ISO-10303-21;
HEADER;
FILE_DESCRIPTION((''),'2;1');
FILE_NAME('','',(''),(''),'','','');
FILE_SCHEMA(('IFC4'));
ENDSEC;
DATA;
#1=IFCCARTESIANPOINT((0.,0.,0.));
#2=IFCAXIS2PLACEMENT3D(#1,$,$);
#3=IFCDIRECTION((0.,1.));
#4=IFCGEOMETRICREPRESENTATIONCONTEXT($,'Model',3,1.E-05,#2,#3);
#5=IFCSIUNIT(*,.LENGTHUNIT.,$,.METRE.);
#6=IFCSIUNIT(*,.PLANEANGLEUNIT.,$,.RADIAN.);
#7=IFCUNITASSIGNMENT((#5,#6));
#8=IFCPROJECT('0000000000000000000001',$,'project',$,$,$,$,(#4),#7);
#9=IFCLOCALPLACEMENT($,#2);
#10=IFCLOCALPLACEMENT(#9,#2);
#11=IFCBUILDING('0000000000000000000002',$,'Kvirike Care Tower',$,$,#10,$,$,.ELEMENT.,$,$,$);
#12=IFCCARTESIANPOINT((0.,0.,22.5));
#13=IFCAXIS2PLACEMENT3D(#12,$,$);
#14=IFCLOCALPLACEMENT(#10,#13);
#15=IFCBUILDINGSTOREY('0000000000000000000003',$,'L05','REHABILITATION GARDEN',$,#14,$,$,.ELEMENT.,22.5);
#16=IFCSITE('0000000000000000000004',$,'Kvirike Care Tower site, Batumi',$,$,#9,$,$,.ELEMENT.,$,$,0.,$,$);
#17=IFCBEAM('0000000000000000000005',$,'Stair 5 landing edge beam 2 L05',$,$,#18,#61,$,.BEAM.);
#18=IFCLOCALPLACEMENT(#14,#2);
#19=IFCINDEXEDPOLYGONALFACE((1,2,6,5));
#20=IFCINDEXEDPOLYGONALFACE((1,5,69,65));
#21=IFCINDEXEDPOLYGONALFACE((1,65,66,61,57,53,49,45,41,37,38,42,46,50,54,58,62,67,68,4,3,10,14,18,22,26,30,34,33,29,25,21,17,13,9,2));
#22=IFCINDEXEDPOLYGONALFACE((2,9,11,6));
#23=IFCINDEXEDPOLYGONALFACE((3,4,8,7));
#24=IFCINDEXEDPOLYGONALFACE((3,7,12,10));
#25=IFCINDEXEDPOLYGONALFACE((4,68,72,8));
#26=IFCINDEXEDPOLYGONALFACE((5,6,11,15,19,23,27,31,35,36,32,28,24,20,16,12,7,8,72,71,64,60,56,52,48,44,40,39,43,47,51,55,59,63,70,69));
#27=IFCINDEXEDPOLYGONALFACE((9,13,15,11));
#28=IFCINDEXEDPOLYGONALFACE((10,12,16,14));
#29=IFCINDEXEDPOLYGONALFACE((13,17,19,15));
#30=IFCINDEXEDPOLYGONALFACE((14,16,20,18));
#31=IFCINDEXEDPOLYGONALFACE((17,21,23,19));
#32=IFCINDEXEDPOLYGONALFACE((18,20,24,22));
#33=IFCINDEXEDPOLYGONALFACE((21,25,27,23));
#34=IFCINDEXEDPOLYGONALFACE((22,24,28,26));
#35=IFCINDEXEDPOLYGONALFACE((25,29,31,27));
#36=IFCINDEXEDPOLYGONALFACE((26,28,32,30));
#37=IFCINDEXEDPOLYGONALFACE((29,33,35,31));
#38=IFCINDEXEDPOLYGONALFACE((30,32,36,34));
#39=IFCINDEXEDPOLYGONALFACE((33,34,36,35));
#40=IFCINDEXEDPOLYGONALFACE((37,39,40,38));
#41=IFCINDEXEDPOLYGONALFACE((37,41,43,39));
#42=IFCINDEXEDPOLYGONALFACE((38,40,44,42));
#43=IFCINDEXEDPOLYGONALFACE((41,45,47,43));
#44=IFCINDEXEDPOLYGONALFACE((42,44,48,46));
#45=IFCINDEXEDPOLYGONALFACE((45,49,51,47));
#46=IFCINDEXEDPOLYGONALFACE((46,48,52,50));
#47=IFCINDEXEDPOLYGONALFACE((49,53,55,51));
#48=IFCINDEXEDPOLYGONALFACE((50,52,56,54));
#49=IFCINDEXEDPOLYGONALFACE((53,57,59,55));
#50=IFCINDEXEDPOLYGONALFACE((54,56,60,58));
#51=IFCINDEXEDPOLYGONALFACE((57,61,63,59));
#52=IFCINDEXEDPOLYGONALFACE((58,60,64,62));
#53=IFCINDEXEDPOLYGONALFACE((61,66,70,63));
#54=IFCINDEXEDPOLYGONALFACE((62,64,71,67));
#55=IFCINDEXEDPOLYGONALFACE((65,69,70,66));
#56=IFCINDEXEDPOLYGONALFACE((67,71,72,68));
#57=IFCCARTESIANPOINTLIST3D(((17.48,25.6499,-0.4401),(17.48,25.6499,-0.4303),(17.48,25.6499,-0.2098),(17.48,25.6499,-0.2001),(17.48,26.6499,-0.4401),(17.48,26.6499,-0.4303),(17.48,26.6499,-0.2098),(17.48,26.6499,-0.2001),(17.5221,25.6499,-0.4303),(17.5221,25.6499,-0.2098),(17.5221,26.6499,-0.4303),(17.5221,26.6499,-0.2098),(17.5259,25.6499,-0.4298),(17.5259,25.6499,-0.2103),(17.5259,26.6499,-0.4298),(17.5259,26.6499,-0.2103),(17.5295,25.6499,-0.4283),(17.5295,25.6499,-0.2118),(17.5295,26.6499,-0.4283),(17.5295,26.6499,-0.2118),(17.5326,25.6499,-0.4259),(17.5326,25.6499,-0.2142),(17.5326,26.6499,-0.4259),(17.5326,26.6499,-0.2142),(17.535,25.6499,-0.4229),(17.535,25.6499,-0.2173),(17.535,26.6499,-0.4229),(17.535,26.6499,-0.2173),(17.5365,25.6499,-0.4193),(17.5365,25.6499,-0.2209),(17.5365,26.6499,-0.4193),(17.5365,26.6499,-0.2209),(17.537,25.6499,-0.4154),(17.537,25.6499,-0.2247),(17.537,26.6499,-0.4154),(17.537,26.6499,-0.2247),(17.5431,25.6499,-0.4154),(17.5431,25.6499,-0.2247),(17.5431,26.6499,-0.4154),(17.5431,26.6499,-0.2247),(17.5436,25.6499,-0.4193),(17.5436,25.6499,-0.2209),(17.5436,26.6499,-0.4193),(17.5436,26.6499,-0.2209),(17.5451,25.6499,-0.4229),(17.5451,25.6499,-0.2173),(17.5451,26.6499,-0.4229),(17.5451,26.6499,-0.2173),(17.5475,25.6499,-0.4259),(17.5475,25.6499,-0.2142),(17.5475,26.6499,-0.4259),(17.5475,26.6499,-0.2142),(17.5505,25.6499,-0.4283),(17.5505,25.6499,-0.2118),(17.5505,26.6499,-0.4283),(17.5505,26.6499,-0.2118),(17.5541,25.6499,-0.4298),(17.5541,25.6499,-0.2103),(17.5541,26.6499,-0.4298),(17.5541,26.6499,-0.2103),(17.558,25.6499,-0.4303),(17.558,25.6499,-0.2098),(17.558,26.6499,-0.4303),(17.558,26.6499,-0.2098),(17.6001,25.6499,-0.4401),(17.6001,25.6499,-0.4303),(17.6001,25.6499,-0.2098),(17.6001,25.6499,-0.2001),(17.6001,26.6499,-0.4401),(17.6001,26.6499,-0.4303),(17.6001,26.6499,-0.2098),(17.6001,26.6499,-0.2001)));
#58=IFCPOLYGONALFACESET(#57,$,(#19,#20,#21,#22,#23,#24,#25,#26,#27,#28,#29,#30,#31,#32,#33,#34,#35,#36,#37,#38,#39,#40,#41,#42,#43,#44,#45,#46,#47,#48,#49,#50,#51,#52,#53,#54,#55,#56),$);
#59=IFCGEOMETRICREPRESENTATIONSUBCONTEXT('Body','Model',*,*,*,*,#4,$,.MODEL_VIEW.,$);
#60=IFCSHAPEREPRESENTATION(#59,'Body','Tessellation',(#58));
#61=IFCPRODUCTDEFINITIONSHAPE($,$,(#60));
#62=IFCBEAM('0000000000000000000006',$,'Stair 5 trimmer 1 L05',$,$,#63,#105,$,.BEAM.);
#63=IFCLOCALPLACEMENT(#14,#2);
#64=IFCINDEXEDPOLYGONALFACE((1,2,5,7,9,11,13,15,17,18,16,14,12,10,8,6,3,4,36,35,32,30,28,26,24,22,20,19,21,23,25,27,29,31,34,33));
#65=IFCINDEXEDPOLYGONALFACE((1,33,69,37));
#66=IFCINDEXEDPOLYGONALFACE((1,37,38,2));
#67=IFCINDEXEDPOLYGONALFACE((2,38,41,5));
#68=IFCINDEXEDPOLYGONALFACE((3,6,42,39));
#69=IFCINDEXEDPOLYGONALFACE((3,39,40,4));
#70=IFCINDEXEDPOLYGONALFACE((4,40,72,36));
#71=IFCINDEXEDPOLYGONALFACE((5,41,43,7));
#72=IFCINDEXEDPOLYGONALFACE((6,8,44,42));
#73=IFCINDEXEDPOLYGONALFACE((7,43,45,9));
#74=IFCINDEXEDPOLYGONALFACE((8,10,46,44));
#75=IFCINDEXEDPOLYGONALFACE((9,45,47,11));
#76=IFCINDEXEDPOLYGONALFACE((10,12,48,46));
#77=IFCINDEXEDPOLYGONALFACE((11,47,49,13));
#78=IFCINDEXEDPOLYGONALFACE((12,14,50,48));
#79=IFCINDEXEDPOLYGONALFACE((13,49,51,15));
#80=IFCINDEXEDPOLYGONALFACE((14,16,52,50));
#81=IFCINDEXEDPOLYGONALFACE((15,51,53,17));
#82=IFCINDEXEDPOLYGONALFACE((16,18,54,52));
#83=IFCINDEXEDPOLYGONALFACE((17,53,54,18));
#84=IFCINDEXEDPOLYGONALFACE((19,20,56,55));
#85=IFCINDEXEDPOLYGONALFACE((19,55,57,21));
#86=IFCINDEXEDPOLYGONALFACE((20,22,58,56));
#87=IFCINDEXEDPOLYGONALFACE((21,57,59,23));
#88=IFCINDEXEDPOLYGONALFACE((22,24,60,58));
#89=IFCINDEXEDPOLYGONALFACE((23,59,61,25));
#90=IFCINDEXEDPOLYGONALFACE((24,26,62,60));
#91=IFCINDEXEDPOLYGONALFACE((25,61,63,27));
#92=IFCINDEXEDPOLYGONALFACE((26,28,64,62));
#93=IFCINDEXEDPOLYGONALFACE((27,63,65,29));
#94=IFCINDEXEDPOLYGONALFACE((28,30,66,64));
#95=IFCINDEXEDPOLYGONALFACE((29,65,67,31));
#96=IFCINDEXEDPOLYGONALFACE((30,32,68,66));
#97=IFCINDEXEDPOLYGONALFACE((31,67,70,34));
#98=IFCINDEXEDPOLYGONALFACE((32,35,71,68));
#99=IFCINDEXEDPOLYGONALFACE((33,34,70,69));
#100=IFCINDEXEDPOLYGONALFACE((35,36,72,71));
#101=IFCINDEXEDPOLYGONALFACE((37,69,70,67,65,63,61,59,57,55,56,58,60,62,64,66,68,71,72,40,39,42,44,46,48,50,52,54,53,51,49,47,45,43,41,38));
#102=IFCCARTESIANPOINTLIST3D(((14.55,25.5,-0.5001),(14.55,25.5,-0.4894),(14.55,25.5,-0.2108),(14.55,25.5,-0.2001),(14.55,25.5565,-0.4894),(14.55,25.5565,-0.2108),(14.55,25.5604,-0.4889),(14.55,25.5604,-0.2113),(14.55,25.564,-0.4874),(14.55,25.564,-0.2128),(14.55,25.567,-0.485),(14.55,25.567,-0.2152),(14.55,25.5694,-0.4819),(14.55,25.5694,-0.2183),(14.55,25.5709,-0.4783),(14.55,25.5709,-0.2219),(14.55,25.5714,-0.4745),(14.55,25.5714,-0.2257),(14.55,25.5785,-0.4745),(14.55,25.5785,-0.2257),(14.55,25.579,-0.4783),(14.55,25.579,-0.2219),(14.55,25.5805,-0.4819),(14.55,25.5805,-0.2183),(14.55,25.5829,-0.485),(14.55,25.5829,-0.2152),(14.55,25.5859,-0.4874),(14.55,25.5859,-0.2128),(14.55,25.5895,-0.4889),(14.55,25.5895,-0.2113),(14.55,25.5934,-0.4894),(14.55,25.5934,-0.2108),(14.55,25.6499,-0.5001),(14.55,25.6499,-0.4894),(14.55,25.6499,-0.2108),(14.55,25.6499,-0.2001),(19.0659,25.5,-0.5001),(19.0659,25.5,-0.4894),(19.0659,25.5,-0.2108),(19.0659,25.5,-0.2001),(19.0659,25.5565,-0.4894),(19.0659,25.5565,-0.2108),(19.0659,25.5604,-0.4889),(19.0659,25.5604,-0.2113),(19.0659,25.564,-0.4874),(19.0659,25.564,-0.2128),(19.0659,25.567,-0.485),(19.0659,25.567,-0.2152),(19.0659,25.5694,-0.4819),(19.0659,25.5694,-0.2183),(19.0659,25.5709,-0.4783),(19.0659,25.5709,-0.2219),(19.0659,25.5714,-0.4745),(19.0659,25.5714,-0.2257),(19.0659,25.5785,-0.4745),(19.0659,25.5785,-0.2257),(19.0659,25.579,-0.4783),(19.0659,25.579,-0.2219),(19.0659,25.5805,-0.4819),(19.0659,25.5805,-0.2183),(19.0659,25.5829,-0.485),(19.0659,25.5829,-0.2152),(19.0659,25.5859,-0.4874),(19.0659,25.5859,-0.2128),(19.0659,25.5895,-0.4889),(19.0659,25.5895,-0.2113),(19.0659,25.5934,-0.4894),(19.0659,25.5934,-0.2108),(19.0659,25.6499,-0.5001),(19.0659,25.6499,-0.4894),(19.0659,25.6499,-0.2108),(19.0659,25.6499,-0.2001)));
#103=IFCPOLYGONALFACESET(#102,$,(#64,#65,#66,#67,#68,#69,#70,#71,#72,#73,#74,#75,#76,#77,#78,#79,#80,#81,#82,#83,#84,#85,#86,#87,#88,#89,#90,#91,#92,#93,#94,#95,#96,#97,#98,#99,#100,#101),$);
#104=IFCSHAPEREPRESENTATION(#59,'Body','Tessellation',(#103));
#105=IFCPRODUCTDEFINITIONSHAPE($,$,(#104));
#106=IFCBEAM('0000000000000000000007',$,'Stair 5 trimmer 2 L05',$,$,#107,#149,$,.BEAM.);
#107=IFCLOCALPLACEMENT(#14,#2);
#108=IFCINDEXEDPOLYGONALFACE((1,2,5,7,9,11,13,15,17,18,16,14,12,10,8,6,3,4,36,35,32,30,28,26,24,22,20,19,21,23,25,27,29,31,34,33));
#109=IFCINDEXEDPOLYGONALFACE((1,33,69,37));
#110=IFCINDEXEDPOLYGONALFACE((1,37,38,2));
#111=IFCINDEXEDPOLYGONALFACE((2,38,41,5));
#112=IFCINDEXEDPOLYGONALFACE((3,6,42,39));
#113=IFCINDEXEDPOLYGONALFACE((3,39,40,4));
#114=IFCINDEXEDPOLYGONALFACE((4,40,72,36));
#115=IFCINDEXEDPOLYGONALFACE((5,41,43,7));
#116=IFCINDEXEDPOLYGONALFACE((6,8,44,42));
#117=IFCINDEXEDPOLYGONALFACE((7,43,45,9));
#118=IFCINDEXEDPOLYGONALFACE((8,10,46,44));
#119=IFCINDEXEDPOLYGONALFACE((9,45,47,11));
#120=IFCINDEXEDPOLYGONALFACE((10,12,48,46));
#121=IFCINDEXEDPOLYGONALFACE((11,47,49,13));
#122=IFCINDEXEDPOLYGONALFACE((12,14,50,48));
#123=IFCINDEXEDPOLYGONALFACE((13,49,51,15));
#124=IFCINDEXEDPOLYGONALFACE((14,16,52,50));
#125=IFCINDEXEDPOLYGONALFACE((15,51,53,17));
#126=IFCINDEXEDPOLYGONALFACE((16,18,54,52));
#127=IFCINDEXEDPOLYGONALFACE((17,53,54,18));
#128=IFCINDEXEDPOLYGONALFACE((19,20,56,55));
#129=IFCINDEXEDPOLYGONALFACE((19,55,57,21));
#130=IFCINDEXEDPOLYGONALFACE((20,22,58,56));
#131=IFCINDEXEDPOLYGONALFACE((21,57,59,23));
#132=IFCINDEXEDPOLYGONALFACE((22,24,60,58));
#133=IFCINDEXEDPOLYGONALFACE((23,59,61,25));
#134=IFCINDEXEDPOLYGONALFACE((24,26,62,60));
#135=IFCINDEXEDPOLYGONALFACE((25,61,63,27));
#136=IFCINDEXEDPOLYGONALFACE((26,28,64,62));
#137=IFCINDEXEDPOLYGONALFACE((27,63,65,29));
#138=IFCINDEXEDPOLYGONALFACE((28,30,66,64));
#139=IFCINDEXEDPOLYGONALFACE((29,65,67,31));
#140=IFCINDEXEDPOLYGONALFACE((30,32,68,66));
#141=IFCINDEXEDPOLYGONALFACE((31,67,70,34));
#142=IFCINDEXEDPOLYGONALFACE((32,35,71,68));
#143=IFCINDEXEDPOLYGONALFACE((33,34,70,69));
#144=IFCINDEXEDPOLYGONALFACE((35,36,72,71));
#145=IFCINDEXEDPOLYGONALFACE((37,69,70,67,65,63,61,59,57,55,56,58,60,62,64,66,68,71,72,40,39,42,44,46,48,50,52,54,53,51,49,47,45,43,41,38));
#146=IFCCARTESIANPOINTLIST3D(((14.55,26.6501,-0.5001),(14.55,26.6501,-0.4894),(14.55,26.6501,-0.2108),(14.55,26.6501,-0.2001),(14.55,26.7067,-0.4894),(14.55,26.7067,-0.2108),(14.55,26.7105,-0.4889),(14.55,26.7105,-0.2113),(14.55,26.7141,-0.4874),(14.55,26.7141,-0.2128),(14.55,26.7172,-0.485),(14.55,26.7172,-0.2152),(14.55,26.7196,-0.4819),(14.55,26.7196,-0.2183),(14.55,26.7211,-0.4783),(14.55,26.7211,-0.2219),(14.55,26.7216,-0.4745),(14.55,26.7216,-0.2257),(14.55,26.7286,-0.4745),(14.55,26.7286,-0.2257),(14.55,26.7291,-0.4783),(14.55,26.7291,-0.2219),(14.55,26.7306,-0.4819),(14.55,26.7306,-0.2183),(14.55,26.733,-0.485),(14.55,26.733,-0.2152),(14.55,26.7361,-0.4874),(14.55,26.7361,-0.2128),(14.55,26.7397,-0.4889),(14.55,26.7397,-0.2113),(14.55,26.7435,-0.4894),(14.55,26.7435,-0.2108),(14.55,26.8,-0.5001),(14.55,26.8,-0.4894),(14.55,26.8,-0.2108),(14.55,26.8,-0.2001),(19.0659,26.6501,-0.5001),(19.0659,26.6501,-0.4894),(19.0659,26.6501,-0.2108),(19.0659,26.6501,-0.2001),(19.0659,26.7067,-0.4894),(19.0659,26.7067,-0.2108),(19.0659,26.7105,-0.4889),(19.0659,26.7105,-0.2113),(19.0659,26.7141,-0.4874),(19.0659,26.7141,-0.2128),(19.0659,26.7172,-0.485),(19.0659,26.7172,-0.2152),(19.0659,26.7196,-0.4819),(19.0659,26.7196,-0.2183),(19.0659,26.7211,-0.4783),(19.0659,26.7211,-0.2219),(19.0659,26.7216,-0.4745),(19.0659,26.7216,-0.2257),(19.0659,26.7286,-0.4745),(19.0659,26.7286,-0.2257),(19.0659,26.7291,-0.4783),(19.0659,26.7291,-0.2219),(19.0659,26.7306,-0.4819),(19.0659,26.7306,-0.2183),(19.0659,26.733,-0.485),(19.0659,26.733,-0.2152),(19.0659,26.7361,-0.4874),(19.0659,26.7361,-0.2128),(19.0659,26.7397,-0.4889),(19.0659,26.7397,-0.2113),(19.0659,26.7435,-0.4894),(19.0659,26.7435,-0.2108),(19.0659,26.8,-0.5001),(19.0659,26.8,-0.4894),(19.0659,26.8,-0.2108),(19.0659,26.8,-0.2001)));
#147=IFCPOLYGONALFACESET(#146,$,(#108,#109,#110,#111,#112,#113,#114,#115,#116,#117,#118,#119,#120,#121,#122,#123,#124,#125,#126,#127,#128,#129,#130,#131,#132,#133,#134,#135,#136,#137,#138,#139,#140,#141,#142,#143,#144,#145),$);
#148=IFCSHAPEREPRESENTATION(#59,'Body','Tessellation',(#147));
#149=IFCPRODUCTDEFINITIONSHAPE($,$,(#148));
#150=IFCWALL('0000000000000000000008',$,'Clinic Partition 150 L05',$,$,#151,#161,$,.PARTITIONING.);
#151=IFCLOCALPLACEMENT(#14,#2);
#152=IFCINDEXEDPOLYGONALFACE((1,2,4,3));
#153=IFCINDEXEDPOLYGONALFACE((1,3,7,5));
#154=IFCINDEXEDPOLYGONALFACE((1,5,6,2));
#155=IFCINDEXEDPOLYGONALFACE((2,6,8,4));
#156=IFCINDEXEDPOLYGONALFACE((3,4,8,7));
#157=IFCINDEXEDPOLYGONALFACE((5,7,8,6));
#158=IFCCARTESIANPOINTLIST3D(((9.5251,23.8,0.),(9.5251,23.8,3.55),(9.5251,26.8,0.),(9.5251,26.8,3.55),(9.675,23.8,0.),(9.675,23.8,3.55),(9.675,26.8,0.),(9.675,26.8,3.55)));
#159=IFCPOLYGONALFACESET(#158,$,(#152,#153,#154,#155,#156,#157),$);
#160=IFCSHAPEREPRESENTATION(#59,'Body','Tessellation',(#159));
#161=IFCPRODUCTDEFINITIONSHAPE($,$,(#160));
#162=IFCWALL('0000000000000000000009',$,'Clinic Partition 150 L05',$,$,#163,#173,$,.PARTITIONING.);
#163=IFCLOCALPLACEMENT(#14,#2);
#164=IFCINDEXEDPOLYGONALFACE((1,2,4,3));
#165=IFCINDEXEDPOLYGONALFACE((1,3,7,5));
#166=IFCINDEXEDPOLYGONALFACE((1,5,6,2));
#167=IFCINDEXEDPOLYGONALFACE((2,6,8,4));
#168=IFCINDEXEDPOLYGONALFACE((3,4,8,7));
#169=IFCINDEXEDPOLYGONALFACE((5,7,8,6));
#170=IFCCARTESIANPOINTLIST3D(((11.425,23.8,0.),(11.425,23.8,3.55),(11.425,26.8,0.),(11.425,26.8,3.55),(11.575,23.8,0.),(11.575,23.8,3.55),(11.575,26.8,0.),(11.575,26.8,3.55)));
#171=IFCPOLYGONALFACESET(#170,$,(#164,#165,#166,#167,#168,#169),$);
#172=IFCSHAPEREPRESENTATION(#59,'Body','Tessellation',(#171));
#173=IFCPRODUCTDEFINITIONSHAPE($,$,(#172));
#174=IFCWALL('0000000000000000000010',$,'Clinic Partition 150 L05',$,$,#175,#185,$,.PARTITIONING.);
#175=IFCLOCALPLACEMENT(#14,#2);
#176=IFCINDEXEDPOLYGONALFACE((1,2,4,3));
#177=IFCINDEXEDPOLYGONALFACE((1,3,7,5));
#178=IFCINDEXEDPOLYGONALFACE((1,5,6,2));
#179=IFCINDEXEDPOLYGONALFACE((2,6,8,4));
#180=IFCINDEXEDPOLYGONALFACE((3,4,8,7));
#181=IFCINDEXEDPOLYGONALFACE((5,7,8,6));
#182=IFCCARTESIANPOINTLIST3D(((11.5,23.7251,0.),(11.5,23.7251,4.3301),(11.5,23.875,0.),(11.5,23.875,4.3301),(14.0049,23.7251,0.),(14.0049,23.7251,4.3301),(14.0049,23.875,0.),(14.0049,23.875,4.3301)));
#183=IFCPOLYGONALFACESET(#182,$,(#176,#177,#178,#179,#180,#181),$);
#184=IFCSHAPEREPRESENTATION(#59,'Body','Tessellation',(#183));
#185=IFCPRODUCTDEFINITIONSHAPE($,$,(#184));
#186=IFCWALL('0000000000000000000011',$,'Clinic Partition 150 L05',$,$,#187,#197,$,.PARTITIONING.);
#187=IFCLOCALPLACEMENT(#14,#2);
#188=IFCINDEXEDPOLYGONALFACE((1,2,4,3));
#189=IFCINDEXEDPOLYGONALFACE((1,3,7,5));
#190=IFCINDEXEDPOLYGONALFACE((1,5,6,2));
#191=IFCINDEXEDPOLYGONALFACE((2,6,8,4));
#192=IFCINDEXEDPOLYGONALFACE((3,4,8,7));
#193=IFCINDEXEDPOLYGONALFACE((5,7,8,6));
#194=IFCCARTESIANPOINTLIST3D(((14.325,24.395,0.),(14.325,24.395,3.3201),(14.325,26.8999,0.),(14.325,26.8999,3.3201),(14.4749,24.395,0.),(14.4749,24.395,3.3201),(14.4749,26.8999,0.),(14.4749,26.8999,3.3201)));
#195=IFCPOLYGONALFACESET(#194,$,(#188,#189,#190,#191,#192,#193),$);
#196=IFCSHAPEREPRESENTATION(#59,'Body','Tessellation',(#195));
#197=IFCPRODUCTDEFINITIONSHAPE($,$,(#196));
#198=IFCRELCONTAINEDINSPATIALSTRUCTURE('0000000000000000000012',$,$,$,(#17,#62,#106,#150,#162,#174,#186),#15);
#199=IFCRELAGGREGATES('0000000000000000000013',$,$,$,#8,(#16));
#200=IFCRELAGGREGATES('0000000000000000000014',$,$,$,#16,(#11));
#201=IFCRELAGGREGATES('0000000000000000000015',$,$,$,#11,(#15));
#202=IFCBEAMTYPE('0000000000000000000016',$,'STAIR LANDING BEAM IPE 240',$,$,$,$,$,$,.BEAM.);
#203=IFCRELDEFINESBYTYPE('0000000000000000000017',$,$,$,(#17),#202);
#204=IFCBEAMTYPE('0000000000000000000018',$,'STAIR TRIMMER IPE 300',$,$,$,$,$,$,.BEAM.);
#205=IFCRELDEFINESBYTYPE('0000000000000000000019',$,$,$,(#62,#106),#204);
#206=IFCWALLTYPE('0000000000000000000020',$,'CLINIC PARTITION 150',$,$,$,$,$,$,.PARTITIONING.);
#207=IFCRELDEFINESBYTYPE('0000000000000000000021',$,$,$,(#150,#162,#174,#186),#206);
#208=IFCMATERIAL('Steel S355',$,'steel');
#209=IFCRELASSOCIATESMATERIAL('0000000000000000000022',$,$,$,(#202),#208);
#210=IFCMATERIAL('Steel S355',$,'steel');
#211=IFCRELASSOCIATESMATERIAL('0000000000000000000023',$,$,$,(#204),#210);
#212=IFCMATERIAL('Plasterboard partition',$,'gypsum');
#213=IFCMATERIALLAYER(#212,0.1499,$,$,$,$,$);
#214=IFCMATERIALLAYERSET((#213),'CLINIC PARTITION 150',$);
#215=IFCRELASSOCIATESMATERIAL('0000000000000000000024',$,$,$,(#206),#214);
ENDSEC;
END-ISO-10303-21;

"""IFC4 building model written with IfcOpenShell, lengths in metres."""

from ifc_helpers import new_model, si_unit, direction, frame, frame_2d, origin, origin_2d, place, context, subcontext, project, spatial, rectangle, i_section, extrude, material, layer, layer_set, material_profile, profile_set, type_object, element, save


model = new_model("IFC4")

# Units and contexts
model_context = context("Model", 3, precision=1e-05, world=origin(), true_north=direction((0.0, 1.0)))
body_context = subcontext(model_context, "Body", "Model", "MODEL_VIEW")
ifc_project = project(units=[si_unit("LENGTHUNIT", "METRE"), si_unit("PLANEANGLEUNIT", "RADIAN")], contexts=[model_context])

# Site, building, storey
site_placement = place(None, origin())
site = spatial("IfcSite", under=ifc_project, at=site_placement, Name="Kvirike Care Tower site, Batumi", CompositionType="ELEMENT", RefElevation=0.0)
building_placement = place(site_placement, origin())
building = spatial("IfcBuilding", under=site, at=building_placement, Name="Kvirike Care Tower", CompositionType="ELEMENT")
storey_placement = place(building_placement, frame((0.0, 0.0, 22.5)))
storey = spatial("IfcBuildingStorey", under=building, at=storey_placement, Name="L05", Description="REHABILITATION GARDEN", CompositionType="ELEMENT", Elevation=22.5)

# Beams
ifc_material_1 = material(Name="Steel S355", Category="steel")
ifc_material_profile_1 = material_profile(ifc_material_1, i_section(OverallWidth=0.1201, OverallDepth=0.24, WebThickness=0.0061, FlangeThickness=0.0098, FilletRadius=0.0149, at=origin_2d()), Name="IPE 240")
ifc_profile_set_1 = profile_set([ifc_material_profile_1], Name="Steel S355")
beam_type_1 = type_object("IfcBeamType", Name="STAIR LANDING BEAM IPE 240", PredefinedType="BEAM", material=ifc_profile_set_1)
for number, where, z_axis, x_axis, name in (
    (1, (17.54, 25.6499, -0.3201), (0.0, 1.0, 0.0), (-1.0, 0.0, 0.0), "Stair 5 landing edge beam 2 L05"),
):
    element("IfcBeam", number, at=place(storey_placement, frame(where, z_axis=z_axis, x_axis=x_axis)), inside=storey, type_object=beam_type_1, Name=name, PredefinedType="BEAM", context=body_context, shape_type="SweptSolid", body=[
        extrude(i_section(OverallWidth=0.1201, OverallDepth=0.24, WebThickness=0.0061, FlangeThickness=0.0098, FilletRadius=0.0149, at=origin_2d()), origin(), (0.0, 0.0, 1.0), 1.0),
    ])
ifc_material_2 = material(Name="Steel S355", Category="steel")
ifc_material_profile_2 = material_profile(ifc_material_2, i_section(OverallWidth=0.1499, OverallDepth=0.3, WebThickness=0.0071, FlangeThickness=0.0107, FilletRadius=0.0149, at=origin_2d()), Name="IPE 300")
ifc_profile_set_2 = profile_set([ifc_material_profile_2], Name="Steel S355")
beam_type_2 = type_object("IfcBeamType", Name="STAIR TRIMMER IPE 300", PredefinedType="BEAM", material=ifc_profile_set_2)
for number, where, z_axis, x_axis, name in (
    (2, (14.55, 25.575, -0.3501), (1.0, 0.0, 0.0), (0.0, 1.0, 0.0), "Stair 5 trimmer 1 L05"),
    (3, (14.55, 26.7251, -0.3501), (1.0, 0.0, 0.0), (0.0, 1.0, 0.0), "Stair 5 trimmer 2 L05"),
):
    element("IfcBeam", number, at=place(storey_placement, frame(where, z_axis=z_axis, x_axis=x_axis)), inside=storey, type_object=beam_type_2, Name=name, PredefinedType="BEAM", context=body_context, shape_type="SweptSolid", body=[
        extrude(i_section(OverallWidth=0.1499, OverallDepth=0.3, WebThickness=0.0071, FlangeThickness=0.0107, FilletRadius=0.0149, at=origin_2d()), origin(), (0.0, 0.0, 1.0), 4.5159),
    ])

# Walls
ifc_material_3 = material(Name="Plasterboard partition", Category="gypsum")
ifc_layer_1 = layer(ifc_material_3, 0.1499)
ifc_layer_set_1 = layer_set([ifc_layer_1], Name="CLINIC PARTITION 150")
wall_type_1 = type_object("IfcWallType", Name="CLINIC PARTITION 150", PredefinedType="PARTITIONING", material=ifc_layer_set_1)
for number, where, z_axis, x_axis, name in (
    (4, (9.6001, 23.8, 0.0), (0.0, 0.0, 1.0), (0.0, 1.0, 0.0), "Clinic Partition 150 L05"),
    (5, (11.5, 23.8, 0.0), (0.0, 0.0, 1.0), (0.0, 1.0, 0.0), "Clinic Partition 150 L05"),
):
    element("IfcWall", number, at=place(storey_placement, frame(where, z_axis=z_axis, x_axis=x_axis)), inside=storey, type_object=wall_type_1, Name=name, PredefinedType="PARTITIONING", context=body_context, shape_type="SweptSolid", body=[
        extrude(rectangle(XDim=3.0, YDim=0.1499, at=frame_2d((1.5, 0.0))), origin(), (0.0, 0.0, 1.0), 3.55),
    ])
wall_1_placement = place(storey_placement, frame((11.5, 23.8, 0.0), z_axis=(0.0, 0.0, 1.0), x_axis=(1.0, 0.0, 0.0)))
element("IfcWall", 6, at=wall_1_placement, inside=storey, type_object=wall_type_1, Name="Clinic Partition 150 L05", PredefinedType="PARTITIONING", context=body_context, shape_type="SweptSolid", body=[
    extrude(rectangle(XDim=2.5049, YDim=0.1499, at=frame_2d((1.2524, 0.0))), origin(), (0.0, 0.0, 1.0), 4.3301),
])
wall_2_placement = place(storey_placement, frame((14.3999, 24.395, 0.0), z_axis=(0.0, 0.0, 1.0), x_axis=(0.0, 1.0, 0.0)))
element("IfcWall", 7, at=wall_2_placement, inside=storey, type_object=wall_type_1, Name="Clinic Partition 150 L05", PredefinedType="PARTITIONING", context=body_context, shape_type="SweptSolid", body=[
    extrude(rectangle(XDim=2.5049, YDim=0.1499, at=frame_2d((1.2524, 0.0))), origin(), (0.0, 0.0, 1.0), 3.3201),
])

save(model, "model.ifc")
